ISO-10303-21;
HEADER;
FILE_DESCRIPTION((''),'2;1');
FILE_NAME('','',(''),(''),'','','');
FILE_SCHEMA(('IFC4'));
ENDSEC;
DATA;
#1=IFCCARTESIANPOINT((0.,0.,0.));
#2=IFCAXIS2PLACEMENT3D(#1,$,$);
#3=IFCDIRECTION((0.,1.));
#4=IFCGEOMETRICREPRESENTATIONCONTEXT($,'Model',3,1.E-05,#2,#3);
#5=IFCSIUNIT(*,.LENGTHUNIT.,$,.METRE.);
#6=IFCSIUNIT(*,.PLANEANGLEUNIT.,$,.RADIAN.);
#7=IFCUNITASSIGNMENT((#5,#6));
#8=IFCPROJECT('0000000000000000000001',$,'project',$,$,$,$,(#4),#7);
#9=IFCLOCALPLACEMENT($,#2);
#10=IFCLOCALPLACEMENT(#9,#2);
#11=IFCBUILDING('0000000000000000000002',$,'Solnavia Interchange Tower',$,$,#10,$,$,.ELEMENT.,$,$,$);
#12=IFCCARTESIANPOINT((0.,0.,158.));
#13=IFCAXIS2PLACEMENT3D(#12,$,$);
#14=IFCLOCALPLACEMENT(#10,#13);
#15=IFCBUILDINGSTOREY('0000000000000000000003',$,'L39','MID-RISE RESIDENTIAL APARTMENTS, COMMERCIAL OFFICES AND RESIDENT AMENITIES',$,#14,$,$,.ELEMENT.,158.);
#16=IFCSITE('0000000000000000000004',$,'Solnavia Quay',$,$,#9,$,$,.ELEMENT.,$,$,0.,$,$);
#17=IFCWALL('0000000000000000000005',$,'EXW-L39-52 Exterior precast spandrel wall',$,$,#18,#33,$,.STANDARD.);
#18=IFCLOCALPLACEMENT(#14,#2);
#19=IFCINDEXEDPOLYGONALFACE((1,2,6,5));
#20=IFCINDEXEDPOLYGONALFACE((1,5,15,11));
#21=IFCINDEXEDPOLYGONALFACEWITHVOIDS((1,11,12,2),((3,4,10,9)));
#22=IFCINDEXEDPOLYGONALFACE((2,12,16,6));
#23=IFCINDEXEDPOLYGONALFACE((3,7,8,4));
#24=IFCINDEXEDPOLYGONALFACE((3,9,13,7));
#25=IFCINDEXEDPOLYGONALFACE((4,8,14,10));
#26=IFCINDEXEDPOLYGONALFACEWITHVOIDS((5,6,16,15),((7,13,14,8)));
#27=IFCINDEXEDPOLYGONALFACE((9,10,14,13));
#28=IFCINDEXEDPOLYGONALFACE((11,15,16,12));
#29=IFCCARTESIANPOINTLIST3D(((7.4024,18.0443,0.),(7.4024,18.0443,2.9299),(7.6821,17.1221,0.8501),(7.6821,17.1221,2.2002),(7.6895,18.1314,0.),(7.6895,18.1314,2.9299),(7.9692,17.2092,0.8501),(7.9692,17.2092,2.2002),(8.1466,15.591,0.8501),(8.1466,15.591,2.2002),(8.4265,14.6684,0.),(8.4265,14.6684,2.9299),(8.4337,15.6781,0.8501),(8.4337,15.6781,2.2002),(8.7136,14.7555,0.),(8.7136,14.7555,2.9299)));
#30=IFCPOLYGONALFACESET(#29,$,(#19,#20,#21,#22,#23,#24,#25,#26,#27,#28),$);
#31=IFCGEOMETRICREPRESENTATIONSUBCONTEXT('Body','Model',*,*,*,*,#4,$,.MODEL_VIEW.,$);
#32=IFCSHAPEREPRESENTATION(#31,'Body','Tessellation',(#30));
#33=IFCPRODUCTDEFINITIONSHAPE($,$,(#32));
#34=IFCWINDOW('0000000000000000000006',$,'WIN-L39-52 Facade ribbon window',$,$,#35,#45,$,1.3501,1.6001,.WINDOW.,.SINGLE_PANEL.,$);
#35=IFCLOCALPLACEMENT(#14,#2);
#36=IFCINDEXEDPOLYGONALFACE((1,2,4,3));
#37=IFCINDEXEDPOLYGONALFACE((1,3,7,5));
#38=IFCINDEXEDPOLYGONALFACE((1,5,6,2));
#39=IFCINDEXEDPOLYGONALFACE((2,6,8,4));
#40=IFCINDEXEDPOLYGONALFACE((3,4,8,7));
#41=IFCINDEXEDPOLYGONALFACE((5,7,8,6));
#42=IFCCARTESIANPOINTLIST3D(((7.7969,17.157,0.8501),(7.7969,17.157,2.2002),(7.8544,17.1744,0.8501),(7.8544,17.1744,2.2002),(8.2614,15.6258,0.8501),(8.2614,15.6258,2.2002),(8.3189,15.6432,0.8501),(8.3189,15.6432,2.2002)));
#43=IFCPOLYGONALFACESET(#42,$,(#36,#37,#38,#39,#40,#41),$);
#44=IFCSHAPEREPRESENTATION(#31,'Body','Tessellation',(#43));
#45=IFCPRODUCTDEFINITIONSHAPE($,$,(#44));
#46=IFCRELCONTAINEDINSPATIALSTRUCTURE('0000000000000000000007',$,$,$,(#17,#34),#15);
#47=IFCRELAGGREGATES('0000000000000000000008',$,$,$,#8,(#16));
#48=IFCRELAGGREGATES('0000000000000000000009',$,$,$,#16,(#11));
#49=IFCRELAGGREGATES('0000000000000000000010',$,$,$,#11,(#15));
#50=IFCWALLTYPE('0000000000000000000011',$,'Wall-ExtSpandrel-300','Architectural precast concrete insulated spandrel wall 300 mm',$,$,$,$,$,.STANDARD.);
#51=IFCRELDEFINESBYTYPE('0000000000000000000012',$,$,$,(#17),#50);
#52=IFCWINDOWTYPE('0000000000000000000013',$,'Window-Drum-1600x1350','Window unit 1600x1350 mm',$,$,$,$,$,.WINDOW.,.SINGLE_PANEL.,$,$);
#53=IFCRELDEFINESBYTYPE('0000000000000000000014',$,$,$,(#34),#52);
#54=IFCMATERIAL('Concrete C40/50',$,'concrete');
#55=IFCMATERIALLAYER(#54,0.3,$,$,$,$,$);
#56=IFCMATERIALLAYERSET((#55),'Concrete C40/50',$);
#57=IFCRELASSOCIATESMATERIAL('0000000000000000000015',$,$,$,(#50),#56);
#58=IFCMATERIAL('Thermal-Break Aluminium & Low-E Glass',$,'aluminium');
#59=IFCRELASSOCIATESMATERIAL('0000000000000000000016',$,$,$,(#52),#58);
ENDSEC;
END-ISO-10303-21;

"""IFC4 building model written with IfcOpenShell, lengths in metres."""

from ifc_helpers import new_model, si_unit, direction, frame, frame_2d, origin, place, context, subcontext, project, spatial, rectangle, extrude, material, layer, layer_set, type_object, element, fill, save


model = new_model("IFC4")

# Units and contexts
model_context = context("Model", 3, precision=1e-05, world=origin(), true_north=direction((0.0, 1.0)))
body_context = subcontext(model_context, "Body", "Model", "MODEL_VIEW")
ifc_project = project(units=[si_unit("LENGTHUNIT", "METRE"), si_unit("PLANEANGLEUNIT", "RADIAN")], contexts=[model_context])

# Site, building, storey
site_placement = place(None, origin())
site = spatial("IfcSite", under=ifc_project, at=site_placement, Name="Solnavia Quay", CompositionType="ELEMENT", RefElevation=0.0)
building_placement = place(site_placement, origin())
building = spatial("IfcBuilding", under=site, at=building_placement, Name="Solnavia Interchange Tower", CompositionType="ELEMENT")
storey_placement = place(building_placement, frame((0.0, 0.0, 158.0)))
storey = spatial("IfcBuildingStorey", under=building, at=storey_placement, Name="L39", Description="MID-RISE RESIDENTIAL APARTMENTS, COMMERCIAL OFFICES AND RESIDENT AMENITIES", CompositionType="ELEMENT", Elevation=158.0)

# Wall, opening, window
ifc_material_1 = material(Name="Concrete C40/50", Category="concrete")
ifc_layer_1 = layer(ifc_material_1, 0.3)
ifc_layer_set_1 = layer_set([ifc_layer_1], Name="Concrete C40/50")
wall_type = type_object("IfcWallType", Name="Wall-ExtSpandrel-300", Description="Architectural precast concrete insulated spandrel wall 300 mm", PredefinedType="STANDARD", material=ifc_layer_set_1)
wall_placement = place(storey_placement, frame((8.5701, 14.7119, 0.0), z_axis=(0.0, 0.0, 1.0), x_axis=(-0.290305, 0.956934, 0.0)))
wall = element("IfcWall", 1, at=wall_placement, inside=storey, type_object=wall_type, Name="EXW-L39-52 Exterior precast spandrel wall", PredefinedType="STANDARD", context=body_context, shape_type="SweptSolid", body=[
    extrude(rectangle(XDim=3.5278, YDim=0.3, at=frame_2d((1.7639, 0.0))), origin(), (0.0, 0.0, 1.0), 2.9299),
])
opening_placement = place(wall_placement, frame((0.9641, 0.0, 0.8501)))
opening = element("IfcOpeningElement", 2, at=opening_placement, cuts=wall, PredefinedType="OPENING", context=body_context, shape_type="SweptSolid", body=[
    extrude(rectangle(XDim=1.6001, YDim=1.3501, at=frame_2d((0.8, 0.675))), frame((0.0, 0.1602, 0.0), z_axis=(0.0, -1.0, 0.0), x_axis=(1.0, 0.0, 0.0)), (0.0, 0.0, 1.0), 0.3201),
])
ifc_material_2 = material(Name="Thermal-Break Aluminium & Low-E Glass", Category="aluminium")
window_type = type_object("IfcWindowType", Name="Window-Drum-1600x1350", Description="Window unit 1600x1350 mm", PartitioningType="SINGLE_PANEL", PredefinedType="WINDOW", material=ifc_material_2)
window_placement = place(opening_placement, origin())
window = element("IfcWindow", 3, at=window_placement, inside=storey, type_object=window_type, Name="WIN-L39-52 Facade ribbon window", OverallHeight=1.3501, OverallWidth=1.6001, PartitioningType="SINGLE_PANEL", PredefinedType="WINDOW", context=body_context, shape_type="SweptSolid", body=[
    extrude(rectangle(XDim=1.6001, YDim=1.3501, at=frame_2d((0.8, 0.675))), frame((0.0, 0.03, 0.0), z_axis=(0.0, -1.0, 0.0), x_axis=(1.0, 0.0, 0.0)), (0.0, 0.0, 1.0), 0.0601),
])
fill(opening, window)

save(model, "model.ifc")
